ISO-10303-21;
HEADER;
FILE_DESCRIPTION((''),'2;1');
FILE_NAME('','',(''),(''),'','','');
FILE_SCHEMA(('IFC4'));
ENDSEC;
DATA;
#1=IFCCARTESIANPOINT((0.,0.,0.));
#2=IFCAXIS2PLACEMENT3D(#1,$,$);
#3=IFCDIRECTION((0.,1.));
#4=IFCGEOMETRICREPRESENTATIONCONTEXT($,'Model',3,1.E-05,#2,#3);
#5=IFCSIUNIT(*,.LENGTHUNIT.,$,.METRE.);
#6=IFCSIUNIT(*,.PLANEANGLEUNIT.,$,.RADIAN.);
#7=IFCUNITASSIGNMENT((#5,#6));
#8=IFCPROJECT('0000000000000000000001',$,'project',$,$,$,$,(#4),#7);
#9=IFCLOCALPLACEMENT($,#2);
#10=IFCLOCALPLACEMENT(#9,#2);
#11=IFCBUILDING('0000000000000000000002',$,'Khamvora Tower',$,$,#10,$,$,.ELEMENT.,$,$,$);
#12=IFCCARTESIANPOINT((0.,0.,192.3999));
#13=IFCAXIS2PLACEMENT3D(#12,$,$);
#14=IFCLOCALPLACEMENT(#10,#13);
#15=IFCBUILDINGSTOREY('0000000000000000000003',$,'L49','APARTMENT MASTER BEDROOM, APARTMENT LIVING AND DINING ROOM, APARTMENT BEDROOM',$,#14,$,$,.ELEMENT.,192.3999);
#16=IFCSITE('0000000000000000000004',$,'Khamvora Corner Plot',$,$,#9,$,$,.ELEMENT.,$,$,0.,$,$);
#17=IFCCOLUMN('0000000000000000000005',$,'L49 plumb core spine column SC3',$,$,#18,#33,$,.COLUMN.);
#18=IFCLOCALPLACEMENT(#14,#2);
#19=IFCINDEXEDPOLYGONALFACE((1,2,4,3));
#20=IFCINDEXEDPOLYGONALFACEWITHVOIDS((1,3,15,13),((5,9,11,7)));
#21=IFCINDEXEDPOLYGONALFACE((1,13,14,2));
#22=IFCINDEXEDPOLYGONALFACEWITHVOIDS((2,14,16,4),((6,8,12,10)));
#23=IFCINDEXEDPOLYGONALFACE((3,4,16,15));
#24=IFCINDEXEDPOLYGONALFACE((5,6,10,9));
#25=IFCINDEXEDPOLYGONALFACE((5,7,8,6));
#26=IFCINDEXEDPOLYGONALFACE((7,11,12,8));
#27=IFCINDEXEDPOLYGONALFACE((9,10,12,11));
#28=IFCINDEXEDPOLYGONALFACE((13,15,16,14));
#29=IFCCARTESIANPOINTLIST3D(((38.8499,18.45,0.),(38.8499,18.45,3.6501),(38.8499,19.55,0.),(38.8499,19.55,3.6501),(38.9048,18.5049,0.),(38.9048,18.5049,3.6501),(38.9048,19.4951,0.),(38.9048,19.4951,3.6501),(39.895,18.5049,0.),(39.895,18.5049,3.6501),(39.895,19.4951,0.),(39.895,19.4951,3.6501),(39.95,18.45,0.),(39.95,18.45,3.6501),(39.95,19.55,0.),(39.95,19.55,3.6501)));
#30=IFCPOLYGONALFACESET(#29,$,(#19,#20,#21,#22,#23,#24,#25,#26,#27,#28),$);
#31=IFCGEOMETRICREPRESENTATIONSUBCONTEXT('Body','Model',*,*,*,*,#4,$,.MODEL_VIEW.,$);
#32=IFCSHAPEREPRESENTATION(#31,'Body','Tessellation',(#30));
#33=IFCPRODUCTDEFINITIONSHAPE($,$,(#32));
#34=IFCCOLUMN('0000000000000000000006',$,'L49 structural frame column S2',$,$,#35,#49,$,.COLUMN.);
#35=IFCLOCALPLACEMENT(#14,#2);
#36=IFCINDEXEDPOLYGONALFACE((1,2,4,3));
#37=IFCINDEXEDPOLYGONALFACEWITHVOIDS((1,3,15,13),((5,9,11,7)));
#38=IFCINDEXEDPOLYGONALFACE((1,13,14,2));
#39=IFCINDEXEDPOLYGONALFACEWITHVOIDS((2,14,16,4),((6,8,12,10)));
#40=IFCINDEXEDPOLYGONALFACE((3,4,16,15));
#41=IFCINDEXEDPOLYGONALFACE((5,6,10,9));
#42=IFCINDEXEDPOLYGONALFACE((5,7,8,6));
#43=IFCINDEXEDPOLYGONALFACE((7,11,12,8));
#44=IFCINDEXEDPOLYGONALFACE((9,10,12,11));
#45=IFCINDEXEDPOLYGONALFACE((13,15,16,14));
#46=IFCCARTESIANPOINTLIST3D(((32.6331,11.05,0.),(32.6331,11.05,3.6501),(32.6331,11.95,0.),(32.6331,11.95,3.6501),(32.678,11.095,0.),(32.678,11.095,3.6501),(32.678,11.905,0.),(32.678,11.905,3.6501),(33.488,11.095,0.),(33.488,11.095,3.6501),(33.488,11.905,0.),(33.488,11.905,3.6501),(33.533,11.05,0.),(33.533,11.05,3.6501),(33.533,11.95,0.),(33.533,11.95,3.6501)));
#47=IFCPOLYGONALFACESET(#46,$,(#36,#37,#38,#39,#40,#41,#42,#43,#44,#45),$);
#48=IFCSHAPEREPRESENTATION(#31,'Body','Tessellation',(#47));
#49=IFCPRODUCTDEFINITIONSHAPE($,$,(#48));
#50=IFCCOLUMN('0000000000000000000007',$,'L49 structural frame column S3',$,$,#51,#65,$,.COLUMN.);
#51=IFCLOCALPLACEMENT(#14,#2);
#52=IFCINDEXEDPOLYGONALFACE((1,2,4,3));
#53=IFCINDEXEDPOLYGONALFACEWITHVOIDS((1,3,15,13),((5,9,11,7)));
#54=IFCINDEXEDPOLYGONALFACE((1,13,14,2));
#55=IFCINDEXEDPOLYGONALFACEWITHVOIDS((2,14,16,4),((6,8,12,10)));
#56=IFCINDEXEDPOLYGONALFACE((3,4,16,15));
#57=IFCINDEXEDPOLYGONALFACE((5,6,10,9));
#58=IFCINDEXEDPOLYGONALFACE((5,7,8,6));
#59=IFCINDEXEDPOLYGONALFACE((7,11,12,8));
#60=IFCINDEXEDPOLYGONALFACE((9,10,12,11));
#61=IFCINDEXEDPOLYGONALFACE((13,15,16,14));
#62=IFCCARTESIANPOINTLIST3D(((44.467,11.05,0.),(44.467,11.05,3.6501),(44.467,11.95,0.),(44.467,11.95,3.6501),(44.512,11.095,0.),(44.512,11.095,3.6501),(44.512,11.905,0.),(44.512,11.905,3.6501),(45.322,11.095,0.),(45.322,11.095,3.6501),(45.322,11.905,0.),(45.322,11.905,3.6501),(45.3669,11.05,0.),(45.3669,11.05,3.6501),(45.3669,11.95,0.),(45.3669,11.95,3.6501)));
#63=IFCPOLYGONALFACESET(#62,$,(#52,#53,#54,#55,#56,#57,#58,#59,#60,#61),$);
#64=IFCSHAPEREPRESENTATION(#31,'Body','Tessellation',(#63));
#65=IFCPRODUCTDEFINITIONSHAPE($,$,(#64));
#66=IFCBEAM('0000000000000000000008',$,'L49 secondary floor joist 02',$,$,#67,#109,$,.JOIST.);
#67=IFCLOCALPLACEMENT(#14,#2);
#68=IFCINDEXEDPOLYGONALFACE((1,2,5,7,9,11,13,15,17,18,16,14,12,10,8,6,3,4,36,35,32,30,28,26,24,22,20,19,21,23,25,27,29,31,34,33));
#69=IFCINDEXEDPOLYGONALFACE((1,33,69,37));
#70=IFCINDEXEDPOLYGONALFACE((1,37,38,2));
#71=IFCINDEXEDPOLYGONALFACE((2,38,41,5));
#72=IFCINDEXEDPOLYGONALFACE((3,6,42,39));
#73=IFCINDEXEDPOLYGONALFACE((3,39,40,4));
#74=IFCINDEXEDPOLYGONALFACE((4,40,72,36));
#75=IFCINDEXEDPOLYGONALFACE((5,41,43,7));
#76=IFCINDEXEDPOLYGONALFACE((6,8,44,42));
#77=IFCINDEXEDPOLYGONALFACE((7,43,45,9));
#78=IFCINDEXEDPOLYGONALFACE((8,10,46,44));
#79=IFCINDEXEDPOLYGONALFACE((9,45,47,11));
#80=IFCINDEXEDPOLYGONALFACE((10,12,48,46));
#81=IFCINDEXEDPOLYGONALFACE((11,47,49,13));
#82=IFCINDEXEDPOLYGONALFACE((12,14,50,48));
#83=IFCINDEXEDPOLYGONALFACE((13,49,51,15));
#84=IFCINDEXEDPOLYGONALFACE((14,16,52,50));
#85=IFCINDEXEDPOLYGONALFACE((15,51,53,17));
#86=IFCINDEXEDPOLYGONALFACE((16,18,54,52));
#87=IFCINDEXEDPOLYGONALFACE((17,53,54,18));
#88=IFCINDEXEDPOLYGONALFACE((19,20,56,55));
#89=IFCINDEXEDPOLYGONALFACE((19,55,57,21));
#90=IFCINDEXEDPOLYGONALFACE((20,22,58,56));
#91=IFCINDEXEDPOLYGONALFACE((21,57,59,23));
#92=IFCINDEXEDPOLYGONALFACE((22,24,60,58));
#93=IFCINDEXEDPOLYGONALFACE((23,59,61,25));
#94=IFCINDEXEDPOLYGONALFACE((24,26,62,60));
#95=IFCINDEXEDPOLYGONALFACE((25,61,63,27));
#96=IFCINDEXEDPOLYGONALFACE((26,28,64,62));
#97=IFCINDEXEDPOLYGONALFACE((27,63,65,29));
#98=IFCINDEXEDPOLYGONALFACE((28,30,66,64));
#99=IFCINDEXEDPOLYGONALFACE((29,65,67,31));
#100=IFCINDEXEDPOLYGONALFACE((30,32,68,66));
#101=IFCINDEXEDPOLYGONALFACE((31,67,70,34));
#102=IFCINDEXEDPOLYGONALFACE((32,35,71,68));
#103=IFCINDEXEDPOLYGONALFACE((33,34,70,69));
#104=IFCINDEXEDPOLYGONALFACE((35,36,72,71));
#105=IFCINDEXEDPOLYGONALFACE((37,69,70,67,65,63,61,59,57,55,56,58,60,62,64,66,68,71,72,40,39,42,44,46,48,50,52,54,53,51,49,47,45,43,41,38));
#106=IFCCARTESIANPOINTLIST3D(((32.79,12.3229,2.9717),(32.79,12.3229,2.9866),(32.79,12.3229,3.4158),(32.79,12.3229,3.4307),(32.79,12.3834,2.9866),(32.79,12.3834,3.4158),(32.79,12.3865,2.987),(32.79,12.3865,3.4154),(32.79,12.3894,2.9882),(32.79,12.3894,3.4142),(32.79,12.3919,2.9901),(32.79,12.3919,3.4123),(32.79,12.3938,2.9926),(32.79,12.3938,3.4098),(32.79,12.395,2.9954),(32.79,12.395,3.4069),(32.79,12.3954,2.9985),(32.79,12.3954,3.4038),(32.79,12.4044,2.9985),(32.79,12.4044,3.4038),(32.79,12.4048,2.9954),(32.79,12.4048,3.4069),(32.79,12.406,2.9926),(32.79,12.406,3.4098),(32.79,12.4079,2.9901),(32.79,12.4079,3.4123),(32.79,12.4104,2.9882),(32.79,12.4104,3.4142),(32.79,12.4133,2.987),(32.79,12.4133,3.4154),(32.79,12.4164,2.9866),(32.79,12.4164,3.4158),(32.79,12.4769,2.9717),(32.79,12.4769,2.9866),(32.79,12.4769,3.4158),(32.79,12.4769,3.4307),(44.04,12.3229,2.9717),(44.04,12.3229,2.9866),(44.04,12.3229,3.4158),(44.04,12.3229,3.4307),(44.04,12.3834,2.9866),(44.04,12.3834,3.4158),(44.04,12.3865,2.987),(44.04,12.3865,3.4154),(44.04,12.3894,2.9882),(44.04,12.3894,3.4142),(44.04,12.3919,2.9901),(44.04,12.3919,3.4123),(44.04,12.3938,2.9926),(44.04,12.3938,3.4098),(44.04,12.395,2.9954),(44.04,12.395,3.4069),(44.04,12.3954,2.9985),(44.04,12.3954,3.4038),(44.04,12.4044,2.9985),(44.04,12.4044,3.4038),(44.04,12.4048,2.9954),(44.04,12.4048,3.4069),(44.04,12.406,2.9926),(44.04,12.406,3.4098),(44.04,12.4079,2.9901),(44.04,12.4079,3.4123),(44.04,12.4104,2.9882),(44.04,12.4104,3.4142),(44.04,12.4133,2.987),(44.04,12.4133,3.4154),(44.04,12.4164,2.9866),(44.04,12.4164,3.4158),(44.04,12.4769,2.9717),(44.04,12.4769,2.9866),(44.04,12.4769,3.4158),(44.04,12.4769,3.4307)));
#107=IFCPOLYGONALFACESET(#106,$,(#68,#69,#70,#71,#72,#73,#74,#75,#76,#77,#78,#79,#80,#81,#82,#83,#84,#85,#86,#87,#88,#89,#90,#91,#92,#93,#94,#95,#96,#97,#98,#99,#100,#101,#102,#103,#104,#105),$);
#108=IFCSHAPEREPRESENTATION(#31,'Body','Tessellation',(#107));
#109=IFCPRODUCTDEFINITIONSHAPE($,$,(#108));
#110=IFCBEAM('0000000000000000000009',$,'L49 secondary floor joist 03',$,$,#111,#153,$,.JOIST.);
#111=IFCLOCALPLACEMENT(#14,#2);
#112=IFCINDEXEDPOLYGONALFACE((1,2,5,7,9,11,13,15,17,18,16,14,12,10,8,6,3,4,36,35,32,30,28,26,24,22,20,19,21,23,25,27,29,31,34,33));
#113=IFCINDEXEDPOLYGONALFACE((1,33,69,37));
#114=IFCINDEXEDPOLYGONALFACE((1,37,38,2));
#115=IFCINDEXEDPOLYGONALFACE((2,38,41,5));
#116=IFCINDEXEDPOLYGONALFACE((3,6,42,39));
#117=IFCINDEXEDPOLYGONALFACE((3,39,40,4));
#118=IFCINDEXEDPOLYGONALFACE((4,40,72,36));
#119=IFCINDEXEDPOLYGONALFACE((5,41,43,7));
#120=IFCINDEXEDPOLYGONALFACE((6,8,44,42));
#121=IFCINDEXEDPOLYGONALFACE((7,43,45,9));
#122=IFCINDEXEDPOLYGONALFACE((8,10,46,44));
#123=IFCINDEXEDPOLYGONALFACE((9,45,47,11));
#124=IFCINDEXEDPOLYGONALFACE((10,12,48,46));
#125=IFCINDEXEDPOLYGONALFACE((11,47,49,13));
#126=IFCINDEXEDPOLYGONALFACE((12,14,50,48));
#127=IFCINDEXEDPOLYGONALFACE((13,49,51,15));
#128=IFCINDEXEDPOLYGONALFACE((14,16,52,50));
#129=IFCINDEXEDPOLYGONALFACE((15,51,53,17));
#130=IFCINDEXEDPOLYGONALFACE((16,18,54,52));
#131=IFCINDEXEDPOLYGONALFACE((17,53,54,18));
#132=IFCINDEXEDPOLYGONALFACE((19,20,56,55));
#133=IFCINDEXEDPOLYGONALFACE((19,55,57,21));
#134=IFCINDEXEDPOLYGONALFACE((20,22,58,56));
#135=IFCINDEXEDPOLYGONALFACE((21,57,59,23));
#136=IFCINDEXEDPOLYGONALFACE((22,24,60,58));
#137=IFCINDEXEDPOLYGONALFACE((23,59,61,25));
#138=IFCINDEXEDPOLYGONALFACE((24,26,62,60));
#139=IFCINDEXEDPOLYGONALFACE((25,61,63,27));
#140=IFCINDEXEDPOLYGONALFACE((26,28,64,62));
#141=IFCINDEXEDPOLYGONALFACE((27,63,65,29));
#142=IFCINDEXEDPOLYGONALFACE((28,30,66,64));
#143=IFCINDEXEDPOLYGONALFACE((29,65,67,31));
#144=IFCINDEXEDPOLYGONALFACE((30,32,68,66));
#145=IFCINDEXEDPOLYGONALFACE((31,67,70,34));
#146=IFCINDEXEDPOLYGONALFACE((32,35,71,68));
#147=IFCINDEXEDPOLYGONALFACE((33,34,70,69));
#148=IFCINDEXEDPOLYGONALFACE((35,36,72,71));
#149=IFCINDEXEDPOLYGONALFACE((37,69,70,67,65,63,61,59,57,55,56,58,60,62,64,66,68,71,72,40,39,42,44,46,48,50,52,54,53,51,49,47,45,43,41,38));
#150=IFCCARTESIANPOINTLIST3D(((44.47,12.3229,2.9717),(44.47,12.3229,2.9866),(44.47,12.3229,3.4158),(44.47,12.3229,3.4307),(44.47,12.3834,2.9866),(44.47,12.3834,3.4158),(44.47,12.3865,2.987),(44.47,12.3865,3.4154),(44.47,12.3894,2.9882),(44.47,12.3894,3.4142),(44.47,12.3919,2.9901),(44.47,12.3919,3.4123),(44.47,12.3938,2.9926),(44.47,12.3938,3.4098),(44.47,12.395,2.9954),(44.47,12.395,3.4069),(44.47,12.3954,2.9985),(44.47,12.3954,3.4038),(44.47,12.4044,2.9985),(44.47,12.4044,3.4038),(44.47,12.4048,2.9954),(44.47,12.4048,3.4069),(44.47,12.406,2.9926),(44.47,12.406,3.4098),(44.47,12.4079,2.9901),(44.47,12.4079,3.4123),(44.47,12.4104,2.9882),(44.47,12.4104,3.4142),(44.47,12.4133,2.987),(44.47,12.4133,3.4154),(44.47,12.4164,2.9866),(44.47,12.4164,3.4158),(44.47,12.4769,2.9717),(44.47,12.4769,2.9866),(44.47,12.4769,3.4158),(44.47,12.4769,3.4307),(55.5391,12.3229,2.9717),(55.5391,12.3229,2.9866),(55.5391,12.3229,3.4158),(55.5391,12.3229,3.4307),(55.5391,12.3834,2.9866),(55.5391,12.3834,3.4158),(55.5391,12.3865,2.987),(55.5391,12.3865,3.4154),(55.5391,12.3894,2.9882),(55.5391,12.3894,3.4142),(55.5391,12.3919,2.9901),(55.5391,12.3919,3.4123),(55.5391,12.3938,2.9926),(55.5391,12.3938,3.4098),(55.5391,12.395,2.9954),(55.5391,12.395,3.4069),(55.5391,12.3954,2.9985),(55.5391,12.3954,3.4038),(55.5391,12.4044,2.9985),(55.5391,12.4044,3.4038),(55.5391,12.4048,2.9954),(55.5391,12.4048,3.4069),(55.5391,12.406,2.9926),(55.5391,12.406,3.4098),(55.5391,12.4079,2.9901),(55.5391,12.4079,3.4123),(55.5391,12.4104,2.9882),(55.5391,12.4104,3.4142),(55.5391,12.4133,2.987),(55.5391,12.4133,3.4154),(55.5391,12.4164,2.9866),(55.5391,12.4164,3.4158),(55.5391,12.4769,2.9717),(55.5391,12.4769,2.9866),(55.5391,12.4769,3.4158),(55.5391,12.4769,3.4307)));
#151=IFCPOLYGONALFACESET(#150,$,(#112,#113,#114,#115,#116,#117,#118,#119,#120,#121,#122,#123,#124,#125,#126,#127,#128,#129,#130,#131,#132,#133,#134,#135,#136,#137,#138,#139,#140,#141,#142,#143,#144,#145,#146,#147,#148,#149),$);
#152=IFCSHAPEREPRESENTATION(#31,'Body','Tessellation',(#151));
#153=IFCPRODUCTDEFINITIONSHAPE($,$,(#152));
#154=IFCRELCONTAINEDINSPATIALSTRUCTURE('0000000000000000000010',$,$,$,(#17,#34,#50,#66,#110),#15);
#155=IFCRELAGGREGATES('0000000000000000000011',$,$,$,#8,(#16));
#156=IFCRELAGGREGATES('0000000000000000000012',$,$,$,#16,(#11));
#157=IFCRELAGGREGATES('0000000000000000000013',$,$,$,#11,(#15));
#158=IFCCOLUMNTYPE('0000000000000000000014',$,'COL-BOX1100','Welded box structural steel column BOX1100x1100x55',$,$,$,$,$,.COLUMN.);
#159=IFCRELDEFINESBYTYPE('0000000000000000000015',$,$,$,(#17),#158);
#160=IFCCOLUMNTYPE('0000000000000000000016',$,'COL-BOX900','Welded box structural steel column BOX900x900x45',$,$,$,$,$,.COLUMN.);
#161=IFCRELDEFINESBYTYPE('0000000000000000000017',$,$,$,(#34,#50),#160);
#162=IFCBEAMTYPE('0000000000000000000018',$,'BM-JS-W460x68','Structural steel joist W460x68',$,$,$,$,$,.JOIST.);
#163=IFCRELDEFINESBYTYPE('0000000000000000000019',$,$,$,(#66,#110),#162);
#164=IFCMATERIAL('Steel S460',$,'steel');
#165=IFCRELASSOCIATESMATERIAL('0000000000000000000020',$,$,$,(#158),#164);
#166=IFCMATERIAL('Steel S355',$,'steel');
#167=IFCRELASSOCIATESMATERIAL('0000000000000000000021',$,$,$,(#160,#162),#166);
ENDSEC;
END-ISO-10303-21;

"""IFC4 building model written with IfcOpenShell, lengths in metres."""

from ifc_helpers import new_model, si_unit, direction, frame, origin, origin_2d, place, context, subcontext, project, spatial, hollow_rectangle, i_section, extrude, material, material_profile, profile_set, type_object, element, save


model = new_model("IFC4")

# Units and contexts
model_context = context("Model", 3, precision=1e-05, world=origin(), true_north=direction((0.0, 1.0)))
body_context = subcontext(model_context, "Body", "Model", "MODEL_VIEW")
ifc_project = project(units=[si_unit("LENGTHUNIT", "METRE"), si_unit("PLANEANGLEUNIT", "RADIAN")], contexts=[model_context])

# Site, building, storey
site_placement = place(None, origin())
site = spatial("IfcSite", under=ifc_project, at=site_placement, Name="Khamvora Corner Plot", CompositionType="ELEMENT", RefElevation=0.0)
building_placement = place(site_placement, origin())
building = spatial("IfcBuilding", under=site, at=building_placement, Name="Khamvora Tower", CompositionType="ELEMENT")
storey_placement = place(building_placement, frame((0.0, 0.0, 192.3999)))
storey = spatial("IfcBuildingStorey", under=building, at=storey_placement, Name="L49", Description="APARTMENT MASTER BEDROOM, APARTMENT LIVING AND DINING ROOM, APARTMENT BEDROOM", CompositionType="ELEMENT", Elevation=192.3999)

# Columns
ifc_material_1 = material(Name="Steel S460", Category="steel")
ifc_material_profile_1 = material_profile(ifc_material_1, hollow_rectangle(XDim=1.1001, YDim=1.1001, WallThickness=0.0549, at=origin_2d()), Name="BOX1100x1100x55")
ifc_profile_set_1 = profile_set([ifc_material_profile_1], Name="Steel S460")
column_type_1 = type_object("IfcColumnType", Name="COL-BOX1100", Description="Welded box structural steel column BOX1100x1100x55", PredefinedType="COLUMN", material=ifc_profile_set_1)
column_placement = place(storey_placement, frame((39.3999, 19.0, 0.0), z_axis=(0.0, 0.0, 1.0), x_axis=(1.0, 0.0, 0.0)))
element("IfcColumn", 1, at=column_placement, inside=storey, type_object=column_type_1, Name="L49 plumb core spine column SC3", PredefinedType="COLUMN", context=body_context, shape_type="SweptSolid", body=[
    extrude(hollow_rectangle(XDim=1.1001, YDim=1.1001, WallThickness=0.0549, at=origin_2d()), origin(), (0.0, 0.0, 1.0), 3.6501),
])
ifc_material_2 = material(Name="Steel S355", Category="steel")
ifc_material_profile_2 = material_profile(ifc_material_2, hollow_rectangle(XDim=0.8999, YDim=0.8999, WallThickness=0.0449, at=origin_2d()), Name="BOX900x900x45")
ifc_profile_set_2 = profile_set([ifc_material_profile_2], Name="Steel S355")
column_type_2 = type_object("IfcColumnType", Name="COL-BOX900", Description="Welded box structural steel column BOX900x900x45", PredefinedType="COLUMN", material=ifc_profile_set_2)
for number, where, z_axis, x_axis, name in (
    (2, (33.083, 11.5, 0.0), (0.0, 0.0, 1.0), (1.0, 0.0, 0.0), "L49 structural frame column S2"),
    (3, (44.917, 11.5, 0.0), (0.0, 0.0, 1.0), (1.0, 0.0, 0.0), "L49 structural frame column S3"),
):
    element("IfcColumn", number, at=place(storey_placement, frame(where, z_axis=z_axis, x_axis=x_axis)), inside=storey, type_object=column_type_2, Name=name, PredefinedType="COLUMN", context=body_context, shape_type="SweptSolid", body=[
        extrude(hollow_rectangle(XDim=0.8999, YDim=0.8999, WallThickness=0.0449, at=origin_2d()), origin(), (0.0, 0.0, 1.0), 3.6501),
    ])

# Beams
ifc_material_profile_3 = material_profile(ifc_material_2, i_section(OverallWidth=0.1541, OverallDepth=0.459, WebThickness=0.009, FlangeThickness=0.0149, FilletRadius=0.012, at=origin_2d()), Name="W460x68")
ifc_profile_set_3 = profile_set([ifc_material_profile_3], Name="Steel S355")
beam_type_1 = type_object("IfcBeamType", Name="BM-JS-W460x68", Description="Structural steel joist W460x68", PredefinedType="JOIST", material=ifc_profile_set_3)
beam_1_placement = place(storey_placement, frame((32.79, 12.3999, 3.2012), z_axis=(1.0, 0.0, 0.0), x_axis=(0.0, 1.0, 0.0)))
element("IfcBeam", 4, at=beam_1_placement, inside=storey, type_object=beam_type_1, Name="L49 secondary floor joist 02", PredefinedType="JOIST", context=body_context, shape_type="SweptSolid", body=[
    extrude(i_section(OverallWidth=0.1541, OverallDepth=0.459, WebThickness=0.009, FlangeThickness=0.0149, FilletRadius=0.012, at=origin_2d()), origin(), (0.0, 0.0, 1.0), 11.25),
])
beam_2_placement = place(storey_placement, frame((44.47, 12.3999, 3.2012), z_axis=(1.0, 0.0, 0.0), x_axis=(0.0, 1.0, 0.0)))
element("IfcBeam", 5, at=beam_2_placement, inside=storey, type_object=beam_type_1, Name="L49 secondary floor joist 03", PredefinedType="JOIST", context=body_context, shape_type="SweptSolid", body=[
    extrude(i_section(OverallWidth=0.1541, OverallDepth=0.459, WebThickness=0.009, FlangeThickness=0.0149, FilletRadius=0.012, at=origin_2d()), origin(), (0.0, 0.0, 1.0), 11.0691),
])

save(model, "model.ifc")
